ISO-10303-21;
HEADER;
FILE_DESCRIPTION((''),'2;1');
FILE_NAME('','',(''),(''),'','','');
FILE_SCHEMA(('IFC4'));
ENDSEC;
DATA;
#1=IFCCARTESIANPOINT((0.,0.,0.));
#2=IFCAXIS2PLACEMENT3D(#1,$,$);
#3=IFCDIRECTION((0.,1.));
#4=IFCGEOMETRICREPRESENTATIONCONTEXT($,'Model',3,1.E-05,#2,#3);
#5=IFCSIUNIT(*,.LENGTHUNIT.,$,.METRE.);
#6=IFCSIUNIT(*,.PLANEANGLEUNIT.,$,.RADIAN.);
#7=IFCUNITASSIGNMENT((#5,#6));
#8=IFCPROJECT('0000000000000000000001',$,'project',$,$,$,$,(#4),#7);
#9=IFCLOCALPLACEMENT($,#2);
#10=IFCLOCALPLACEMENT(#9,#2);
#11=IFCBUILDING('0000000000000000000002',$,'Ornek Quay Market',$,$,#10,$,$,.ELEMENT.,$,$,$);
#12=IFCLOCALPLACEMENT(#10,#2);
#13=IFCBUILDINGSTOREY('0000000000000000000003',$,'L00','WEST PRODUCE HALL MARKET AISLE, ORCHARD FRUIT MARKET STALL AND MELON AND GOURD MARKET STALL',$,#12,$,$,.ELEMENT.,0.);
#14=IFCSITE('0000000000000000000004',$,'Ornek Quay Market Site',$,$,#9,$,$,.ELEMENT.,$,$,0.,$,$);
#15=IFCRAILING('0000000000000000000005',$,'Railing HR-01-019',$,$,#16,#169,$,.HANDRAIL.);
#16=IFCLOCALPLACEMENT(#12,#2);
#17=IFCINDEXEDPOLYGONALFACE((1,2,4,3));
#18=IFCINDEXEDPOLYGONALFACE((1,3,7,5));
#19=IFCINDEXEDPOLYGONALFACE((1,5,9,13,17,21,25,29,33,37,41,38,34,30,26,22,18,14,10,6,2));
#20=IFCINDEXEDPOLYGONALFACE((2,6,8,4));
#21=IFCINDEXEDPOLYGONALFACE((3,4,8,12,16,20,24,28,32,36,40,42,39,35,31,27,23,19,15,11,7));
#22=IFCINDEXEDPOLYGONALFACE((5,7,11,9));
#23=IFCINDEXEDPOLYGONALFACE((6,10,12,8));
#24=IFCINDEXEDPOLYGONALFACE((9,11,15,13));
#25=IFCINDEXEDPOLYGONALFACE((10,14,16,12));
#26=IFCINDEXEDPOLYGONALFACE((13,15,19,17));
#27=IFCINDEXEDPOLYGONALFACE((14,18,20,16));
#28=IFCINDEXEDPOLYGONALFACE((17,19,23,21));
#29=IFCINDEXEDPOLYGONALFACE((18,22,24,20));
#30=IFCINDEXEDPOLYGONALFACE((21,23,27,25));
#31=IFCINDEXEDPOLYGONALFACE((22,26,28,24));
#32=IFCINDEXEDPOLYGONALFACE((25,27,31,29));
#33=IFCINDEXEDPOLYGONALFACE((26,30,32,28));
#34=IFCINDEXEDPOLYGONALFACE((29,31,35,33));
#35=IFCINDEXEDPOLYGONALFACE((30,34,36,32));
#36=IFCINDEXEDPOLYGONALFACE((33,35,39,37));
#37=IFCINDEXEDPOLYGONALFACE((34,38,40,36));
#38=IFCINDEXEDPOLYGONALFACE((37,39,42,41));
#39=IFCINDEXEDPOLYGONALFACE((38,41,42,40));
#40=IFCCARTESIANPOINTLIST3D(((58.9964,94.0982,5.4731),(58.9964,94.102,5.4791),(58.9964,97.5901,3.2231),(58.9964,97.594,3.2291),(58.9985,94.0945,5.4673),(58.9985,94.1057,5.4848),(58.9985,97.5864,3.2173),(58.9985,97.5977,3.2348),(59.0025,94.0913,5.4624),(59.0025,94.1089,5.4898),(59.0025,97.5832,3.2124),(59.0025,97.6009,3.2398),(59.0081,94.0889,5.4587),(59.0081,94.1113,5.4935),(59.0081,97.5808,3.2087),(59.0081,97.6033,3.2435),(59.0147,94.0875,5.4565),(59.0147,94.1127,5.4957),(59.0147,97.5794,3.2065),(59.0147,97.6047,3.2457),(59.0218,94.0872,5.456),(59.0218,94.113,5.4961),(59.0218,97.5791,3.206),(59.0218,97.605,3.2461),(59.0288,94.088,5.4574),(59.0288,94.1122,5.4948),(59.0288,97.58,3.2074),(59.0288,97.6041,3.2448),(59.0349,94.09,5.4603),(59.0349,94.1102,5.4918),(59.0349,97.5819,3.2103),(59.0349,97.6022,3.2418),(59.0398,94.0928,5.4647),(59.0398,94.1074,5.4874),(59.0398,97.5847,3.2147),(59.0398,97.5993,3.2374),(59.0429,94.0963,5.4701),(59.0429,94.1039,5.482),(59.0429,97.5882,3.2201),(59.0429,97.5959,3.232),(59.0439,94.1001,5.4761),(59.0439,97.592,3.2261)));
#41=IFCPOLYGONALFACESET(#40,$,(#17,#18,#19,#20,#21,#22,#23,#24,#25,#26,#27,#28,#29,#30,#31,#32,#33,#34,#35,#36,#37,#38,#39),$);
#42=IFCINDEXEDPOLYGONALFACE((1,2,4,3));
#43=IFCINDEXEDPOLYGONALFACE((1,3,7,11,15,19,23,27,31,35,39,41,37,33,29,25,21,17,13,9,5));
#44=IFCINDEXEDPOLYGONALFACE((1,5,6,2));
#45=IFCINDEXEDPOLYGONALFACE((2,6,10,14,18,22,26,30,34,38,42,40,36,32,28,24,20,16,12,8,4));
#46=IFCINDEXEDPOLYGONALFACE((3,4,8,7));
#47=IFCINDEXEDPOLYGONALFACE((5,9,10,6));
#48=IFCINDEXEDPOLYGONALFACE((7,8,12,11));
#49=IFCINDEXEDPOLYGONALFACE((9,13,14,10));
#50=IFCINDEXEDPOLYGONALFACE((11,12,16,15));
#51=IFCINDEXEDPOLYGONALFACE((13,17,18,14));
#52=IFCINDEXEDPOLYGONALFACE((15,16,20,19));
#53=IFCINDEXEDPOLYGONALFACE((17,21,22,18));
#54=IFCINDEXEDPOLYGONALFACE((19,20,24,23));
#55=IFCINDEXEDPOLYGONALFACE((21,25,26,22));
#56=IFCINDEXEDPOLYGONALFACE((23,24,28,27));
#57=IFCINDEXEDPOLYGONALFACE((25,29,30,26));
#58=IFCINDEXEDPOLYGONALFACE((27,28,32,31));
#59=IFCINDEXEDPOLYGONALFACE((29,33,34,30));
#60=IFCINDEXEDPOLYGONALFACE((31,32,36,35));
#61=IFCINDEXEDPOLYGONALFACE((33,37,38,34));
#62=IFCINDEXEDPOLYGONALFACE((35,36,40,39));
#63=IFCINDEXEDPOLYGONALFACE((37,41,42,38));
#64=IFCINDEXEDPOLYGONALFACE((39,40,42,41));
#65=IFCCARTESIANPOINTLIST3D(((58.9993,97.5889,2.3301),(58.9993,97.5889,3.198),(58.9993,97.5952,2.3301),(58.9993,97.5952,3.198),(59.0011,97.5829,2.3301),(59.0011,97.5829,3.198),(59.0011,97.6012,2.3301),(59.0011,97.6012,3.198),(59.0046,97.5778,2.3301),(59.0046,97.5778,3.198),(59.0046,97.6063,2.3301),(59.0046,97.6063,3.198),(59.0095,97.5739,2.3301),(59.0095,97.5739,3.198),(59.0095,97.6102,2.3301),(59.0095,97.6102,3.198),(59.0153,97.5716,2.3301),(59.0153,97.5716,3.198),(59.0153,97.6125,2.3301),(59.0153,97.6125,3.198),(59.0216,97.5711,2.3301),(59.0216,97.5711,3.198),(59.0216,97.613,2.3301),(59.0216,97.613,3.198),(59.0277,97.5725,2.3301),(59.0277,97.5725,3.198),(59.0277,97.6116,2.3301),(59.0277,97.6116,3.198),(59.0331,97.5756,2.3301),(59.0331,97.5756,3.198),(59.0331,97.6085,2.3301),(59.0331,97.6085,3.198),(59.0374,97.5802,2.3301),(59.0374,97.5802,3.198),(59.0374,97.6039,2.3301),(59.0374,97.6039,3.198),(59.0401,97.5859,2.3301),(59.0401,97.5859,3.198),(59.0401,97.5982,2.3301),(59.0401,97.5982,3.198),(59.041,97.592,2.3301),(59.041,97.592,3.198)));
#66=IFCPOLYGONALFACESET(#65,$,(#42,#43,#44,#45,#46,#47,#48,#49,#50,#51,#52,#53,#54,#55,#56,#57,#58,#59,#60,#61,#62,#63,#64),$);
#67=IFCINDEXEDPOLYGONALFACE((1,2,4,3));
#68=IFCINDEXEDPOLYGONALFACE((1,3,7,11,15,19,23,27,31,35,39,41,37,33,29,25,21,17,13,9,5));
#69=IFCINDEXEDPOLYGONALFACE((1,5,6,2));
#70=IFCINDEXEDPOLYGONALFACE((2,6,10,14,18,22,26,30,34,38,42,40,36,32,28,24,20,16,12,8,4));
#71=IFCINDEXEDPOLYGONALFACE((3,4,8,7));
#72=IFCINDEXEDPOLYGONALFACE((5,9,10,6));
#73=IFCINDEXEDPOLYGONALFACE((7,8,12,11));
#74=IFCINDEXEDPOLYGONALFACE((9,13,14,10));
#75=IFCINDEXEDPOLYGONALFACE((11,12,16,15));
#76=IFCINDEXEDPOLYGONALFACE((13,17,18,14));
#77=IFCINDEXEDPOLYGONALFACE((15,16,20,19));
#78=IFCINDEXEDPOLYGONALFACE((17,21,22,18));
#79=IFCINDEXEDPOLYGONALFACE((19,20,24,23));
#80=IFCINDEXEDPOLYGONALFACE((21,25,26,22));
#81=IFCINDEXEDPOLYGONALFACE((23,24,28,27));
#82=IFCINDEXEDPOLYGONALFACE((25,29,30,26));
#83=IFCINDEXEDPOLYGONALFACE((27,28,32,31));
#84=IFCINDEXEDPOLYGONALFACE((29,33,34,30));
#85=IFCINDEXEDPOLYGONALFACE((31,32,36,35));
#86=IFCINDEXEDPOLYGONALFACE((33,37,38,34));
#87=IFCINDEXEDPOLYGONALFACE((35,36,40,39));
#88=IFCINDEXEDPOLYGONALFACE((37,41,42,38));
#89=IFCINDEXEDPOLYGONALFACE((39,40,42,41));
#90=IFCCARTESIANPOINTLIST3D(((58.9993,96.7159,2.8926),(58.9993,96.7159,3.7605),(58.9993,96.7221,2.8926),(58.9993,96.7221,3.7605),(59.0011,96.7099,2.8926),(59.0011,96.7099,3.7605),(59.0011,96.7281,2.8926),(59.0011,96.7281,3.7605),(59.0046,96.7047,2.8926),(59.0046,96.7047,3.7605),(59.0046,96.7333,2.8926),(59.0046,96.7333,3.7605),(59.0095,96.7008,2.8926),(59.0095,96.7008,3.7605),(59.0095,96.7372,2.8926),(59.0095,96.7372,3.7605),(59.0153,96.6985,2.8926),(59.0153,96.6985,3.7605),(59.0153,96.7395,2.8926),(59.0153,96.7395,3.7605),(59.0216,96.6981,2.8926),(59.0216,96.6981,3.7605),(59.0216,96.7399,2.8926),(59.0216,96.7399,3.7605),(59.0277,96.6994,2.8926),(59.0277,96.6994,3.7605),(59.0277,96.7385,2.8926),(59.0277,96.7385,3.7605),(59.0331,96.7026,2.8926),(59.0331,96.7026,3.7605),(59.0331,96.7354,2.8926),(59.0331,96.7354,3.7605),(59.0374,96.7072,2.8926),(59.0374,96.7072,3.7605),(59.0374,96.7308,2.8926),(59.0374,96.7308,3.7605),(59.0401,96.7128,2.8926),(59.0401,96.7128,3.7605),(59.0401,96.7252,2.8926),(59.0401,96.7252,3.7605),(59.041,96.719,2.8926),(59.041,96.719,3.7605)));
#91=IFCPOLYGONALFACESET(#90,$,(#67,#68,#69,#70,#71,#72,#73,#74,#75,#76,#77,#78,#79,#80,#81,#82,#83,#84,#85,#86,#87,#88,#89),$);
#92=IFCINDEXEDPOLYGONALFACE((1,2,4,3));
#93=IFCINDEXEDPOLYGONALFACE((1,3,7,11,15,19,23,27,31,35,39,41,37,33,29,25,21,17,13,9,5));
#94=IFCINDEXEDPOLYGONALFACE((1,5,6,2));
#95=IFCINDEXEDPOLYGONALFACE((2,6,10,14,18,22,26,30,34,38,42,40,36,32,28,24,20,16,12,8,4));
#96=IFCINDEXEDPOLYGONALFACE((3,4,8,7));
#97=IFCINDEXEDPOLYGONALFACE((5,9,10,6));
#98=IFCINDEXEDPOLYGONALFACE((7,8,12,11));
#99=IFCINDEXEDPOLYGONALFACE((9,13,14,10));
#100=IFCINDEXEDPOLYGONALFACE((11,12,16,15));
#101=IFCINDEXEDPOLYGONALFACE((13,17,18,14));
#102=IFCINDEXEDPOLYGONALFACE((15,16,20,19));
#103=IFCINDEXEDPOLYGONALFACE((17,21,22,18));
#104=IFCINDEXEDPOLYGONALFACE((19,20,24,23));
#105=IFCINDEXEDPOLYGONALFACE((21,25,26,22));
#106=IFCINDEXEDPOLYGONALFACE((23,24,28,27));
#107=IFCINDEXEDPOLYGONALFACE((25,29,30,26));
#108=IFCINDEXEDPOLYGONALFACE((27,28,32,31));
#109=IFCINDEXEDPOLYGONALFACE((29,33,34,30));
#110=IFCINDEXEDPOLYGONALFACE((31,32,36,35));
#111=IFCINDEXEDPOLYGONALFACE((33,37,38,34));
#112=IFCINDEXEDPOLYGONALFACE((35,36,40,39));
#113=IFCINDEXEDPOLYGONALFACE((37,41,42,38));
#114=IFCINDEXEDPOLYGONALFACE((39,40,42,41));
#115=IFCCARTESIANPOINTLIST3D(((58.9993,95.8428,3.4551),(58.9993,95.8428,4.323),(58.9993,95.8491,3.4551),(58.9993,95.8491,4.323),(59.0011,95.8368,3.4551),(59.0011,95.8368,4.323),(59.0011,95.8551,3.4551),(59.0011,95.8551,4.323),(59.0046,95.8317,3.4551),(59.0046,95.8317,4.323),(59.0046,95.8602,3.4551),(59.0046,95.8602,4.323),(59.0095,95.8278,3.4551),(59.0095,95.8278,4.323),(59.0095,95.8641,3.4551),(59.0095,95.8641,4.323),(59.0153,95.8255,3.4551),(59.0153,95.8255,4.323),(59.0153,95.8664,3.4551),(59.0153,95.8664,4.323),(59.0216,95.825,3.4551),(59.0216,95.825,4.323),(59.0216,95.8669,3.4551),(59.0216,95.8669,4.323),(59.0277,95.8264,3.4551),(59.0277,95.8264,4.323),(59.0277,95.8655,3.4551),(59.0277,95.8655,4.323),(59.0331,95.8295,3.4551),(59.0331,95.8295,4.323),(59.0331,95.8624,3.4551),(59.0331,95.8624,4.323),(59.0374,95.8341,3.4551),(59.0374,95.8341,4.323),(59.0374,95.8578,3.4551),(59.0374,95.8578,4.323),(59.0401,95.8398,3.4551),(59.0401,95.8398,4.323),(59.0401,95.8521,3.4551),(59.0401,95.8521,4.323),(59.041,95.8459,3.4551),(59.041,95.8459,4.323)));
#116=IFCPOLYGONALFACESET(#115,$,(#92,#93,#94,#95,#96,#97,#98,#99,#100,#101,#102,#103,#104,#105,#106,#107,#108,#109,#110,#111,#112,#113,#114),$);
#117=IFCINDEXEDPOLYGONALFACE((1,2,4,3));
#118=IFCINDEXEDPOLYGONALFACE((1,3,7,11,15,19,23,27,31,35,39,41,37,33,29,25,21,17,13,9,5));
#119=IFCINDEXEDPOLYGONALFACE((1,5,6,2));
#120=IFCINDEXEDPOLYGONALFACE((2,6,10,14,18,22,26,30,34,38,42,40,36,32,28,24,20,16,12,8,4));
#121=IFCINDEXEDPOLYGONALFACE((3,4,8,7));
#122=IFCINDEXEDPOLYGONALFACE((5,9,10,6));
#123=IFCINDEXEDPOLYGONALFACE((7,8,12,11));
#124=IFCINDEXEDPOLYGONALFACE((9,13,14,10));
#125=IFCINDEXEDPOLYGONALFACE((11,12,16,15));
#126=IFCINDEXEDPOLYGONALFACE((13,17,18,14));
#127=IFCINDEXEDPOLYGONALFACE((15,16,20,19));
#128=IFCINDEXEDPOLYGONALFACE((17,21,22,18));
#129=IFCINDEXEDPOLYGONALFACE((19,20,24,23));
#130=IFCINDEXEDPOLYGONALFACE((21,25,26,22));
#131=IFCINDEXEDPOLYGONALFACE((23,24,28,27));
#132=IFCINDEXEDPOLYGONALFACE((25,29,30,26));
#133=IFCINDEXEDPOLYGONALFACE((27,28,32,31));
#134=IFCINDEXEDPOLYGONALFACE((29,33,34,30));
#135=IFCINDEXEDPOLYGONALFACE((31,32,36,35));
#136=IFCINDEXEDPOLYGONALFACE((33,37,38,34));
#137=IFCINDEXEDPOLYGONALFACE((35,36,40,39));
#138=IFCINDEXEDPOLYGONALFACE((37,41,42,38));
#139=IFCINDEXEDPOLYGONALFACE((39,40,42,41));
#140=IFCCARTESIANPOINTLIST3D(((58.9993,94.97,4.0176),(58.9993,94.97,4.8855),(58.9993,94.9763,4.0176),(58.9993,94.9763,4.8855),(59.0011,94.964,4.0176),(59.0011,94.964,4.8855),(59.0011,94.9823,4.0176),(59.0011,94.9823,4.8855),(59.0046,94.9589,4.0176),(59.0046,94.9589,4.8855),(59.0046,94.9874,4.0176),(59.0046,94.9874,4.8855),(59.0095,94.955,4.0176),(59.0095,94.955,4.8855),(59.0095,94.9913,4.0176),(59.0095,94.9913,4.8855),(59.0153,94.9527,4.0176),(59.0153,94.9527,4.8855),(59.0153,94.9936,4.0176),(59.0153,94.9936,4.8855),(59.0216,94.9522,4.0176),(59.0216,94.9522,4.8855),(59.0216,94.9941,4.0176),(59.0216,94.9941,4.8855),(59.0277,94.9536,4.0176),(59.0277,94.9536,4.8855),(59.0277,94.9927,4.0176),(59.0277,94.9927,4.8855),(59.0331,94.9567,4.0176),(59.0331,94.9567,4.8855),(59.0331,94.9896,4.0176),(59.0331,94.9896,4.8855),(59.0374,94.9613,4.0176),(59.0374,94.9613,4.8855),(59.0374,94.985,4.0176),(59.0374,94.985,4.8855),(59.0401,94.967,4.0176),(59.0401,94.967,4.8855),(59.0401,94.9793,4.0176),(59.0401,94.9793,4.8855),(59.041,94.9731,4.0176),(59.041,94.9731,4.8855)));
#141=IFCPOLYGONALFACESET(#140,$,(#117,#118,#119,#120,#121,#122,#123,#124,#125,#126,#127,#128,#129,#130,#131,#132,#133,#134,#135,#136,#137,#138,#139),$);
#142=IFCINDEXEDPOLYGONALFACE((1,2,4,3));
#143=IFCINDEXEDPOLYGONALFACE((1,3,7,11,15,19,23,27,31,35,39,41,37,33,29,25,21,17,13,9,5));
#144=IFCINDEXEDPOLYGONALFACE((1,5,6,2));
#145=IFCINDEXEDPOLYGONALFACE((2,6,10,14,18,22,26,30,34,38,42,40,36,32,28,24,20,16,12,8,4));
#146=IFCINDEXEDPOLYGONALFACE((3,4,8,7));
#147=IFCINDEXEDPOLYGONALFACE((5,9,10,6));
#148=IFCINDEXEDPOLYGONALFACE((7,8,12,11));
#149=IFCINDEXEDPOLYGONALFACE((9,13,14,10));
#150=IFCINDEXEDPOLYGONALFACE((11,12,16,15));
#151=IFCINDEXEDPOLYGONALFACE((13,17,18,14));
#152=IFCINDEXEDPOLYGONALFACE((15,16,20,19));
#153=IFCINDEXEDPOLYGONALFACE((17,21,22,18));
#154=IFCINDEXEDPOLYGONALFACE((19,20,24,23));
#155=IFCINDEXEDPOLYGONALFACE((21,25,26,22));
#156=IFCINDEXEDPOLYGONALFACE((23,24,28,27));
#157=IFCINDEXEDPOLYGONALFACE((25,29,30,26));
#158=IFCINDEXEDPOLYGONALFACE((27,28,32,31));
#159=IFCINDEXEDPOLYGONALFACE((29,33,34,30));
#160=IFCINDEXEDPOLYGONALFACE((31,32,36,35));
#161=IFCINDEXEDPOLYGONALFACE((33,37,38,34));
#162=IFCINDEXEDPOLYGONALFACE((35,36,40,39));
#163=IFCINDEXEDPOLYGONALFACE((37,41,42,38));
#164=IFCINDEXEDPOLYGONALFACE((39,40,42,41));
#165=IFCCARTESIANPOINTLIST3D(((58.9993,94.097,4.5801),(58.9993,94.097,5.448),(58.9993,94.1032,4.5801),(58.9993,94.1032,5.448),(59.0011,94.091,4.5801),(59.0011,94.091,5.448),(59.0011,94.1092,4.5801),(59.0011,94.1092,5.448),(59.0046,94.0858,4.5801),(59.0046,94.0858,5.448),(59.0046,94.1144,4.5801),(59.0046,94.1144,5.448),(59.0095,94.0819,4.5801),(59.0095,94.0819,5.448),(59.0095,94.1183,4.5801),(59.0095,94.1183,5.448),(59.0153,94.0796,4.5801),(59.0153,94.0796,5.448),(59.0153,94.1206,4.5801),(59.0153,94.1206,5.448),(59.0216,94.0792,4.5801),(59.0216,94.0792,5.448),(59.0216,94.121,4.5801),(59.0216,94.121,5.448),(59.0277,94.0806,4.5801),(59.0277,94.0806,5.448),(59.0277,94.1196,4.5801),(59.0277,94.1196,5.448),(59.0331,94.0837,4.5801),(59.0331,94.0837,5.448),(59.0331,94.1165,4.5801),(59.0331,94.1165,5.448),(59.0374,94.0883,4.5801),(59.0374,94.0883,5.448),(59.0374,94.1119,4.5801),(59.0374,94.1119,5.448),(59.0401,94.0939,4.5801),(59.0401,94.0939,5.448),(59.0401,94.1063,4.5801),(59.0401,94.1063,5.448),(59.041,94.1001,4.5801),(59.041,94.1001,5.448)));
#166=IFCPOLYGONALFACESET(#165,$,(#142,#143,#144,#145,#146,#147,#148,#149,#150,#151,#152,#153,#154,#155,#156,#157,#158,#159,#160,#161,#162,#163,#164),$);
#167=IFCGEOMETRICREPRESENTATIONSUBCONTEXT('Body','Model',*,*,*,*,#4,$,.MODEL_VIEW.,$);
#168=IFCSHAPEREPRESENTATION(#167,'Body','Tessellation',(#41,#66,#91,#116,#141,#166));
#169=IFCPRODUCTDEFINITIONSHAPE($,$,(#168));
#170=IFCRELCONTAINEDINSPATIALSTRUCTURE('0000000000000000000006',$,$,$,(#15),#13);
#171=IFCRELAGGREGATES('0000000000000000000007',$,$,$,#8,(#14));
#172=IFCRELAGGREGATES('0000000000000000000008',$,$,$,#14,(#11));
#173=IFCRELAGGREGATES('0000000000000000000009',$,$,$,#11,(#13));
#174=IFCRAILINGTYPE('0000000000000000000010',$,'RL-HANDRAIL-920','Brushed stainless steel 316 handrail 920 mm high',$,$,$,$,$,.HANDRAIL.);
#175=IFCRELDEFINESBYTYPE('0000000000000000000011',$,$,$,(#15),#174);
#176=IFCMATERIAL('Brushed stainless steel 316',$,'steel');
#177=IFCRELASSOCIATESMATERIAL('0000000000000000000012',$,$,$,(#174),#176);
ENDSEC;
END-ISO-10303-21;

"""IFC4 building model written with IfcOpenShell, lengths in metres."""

from ifc_helpers import new_model, si_unit, direction, frame, origin, origin_2d, place, context, subcontext, project, spatial, circle, extrude, material, type_object, element, save


model = new_model("IFC4")

# Units and contexts
model_context = context("Model", 3, precision=1e-05, world=origin(), true_north=direction((0.0, 1.0)))
body_context = subcontext(model_context, "Body", "Model", "MODEL_VIEW")
ifc_project = project(units=[si_unit("LENGTHUNIT", "METRE"), si_unit("PLANEANGLEUNIT", "RADIAN")], contexts=[model_context])

# Site, building, storey
site_placement = place(None, origin())
site = spatial("IfcSite", under=ifc_project, at=site_placement, Name="Ornek Quay Market Site", CompositionType="ELEMENT", RefElevation=0.0)
building_placement = place(site_placement, origin())
building = spatial("IfcBuilding", under=site, at=building_placement, Name="Ornek Quay Market", CompositionType="ELEMENT")
storey_placement = place(building_placement, origin())
storey = spatial("IfcBuildingStorey", under=building, at=storey_placement, Name="L00", Description="WEST PRODUCE HALL MARKET AISLE, ORCHARD FRUIT MARKET STALL AND MELON AND GOURD MARKET STALL", CompositionType="ELEMENT", Elevation=0.0)

# Railing
ifc_material_1 = material(Name="Brushed stainless steel 316", Category="steel")
railing_type_1 = type_object("IfcRailingType", Name="RL-HANDRAIL-920", Description="Brushed stainless steel 316 handrail 920 mm high", PredefinedType="HANDRAIL", material=ifc_material_1)
railing_1_placement = place(storey_placement, frame((59.02, 97.592, 2.3301)))
element("IfcRailing", 1, at=railing_1_placement, inside=storey, type_object=railing_type_1, Name="Railing HR-01-019", PredefinedType="HANDRAIL", context=body_context, shape_type="SweptSolid", body=[
    extrude(circle(Radius=0.0239, at=origin_2d()), frame((0.0, 0.0, 0.896), z_axis=(0.0, -0.840611, 0.54164), x_axis=(1.0, 0.0, 0.0)), (0.0, 0.0, 1.0), 4.1541),
    extrude(circle(Radius=0.021, at=origin_2d()), origin(), (0.0, 0.0, 1.0), 0.8679),
    extrude(circle(Radius=0.021, at=origin_2d()), frame((0.0, -0.873, 0.5625)), (0.0, 0.0, 1.0), 0.8679),
    extrude(circle(Radius=0.021, at=origin_2d()), frame((0.0, -1.7461, 1.125)), (0.0, 0.0, 1.0), 0.8679),
    extrude(circle(Radius=0.021, at=origin_2d()), frame((0.0, -2.6189, 1.6875)), (0.0, 0.0, 1.0), 0.8679),
    extrude(circle(Radius=0.021, at=origin_2d()), frame((0.0, -3.4919, 2.25)), (0.0, 0.0, 1.0), 0.8679),
])

save(model, "model.ifc")
